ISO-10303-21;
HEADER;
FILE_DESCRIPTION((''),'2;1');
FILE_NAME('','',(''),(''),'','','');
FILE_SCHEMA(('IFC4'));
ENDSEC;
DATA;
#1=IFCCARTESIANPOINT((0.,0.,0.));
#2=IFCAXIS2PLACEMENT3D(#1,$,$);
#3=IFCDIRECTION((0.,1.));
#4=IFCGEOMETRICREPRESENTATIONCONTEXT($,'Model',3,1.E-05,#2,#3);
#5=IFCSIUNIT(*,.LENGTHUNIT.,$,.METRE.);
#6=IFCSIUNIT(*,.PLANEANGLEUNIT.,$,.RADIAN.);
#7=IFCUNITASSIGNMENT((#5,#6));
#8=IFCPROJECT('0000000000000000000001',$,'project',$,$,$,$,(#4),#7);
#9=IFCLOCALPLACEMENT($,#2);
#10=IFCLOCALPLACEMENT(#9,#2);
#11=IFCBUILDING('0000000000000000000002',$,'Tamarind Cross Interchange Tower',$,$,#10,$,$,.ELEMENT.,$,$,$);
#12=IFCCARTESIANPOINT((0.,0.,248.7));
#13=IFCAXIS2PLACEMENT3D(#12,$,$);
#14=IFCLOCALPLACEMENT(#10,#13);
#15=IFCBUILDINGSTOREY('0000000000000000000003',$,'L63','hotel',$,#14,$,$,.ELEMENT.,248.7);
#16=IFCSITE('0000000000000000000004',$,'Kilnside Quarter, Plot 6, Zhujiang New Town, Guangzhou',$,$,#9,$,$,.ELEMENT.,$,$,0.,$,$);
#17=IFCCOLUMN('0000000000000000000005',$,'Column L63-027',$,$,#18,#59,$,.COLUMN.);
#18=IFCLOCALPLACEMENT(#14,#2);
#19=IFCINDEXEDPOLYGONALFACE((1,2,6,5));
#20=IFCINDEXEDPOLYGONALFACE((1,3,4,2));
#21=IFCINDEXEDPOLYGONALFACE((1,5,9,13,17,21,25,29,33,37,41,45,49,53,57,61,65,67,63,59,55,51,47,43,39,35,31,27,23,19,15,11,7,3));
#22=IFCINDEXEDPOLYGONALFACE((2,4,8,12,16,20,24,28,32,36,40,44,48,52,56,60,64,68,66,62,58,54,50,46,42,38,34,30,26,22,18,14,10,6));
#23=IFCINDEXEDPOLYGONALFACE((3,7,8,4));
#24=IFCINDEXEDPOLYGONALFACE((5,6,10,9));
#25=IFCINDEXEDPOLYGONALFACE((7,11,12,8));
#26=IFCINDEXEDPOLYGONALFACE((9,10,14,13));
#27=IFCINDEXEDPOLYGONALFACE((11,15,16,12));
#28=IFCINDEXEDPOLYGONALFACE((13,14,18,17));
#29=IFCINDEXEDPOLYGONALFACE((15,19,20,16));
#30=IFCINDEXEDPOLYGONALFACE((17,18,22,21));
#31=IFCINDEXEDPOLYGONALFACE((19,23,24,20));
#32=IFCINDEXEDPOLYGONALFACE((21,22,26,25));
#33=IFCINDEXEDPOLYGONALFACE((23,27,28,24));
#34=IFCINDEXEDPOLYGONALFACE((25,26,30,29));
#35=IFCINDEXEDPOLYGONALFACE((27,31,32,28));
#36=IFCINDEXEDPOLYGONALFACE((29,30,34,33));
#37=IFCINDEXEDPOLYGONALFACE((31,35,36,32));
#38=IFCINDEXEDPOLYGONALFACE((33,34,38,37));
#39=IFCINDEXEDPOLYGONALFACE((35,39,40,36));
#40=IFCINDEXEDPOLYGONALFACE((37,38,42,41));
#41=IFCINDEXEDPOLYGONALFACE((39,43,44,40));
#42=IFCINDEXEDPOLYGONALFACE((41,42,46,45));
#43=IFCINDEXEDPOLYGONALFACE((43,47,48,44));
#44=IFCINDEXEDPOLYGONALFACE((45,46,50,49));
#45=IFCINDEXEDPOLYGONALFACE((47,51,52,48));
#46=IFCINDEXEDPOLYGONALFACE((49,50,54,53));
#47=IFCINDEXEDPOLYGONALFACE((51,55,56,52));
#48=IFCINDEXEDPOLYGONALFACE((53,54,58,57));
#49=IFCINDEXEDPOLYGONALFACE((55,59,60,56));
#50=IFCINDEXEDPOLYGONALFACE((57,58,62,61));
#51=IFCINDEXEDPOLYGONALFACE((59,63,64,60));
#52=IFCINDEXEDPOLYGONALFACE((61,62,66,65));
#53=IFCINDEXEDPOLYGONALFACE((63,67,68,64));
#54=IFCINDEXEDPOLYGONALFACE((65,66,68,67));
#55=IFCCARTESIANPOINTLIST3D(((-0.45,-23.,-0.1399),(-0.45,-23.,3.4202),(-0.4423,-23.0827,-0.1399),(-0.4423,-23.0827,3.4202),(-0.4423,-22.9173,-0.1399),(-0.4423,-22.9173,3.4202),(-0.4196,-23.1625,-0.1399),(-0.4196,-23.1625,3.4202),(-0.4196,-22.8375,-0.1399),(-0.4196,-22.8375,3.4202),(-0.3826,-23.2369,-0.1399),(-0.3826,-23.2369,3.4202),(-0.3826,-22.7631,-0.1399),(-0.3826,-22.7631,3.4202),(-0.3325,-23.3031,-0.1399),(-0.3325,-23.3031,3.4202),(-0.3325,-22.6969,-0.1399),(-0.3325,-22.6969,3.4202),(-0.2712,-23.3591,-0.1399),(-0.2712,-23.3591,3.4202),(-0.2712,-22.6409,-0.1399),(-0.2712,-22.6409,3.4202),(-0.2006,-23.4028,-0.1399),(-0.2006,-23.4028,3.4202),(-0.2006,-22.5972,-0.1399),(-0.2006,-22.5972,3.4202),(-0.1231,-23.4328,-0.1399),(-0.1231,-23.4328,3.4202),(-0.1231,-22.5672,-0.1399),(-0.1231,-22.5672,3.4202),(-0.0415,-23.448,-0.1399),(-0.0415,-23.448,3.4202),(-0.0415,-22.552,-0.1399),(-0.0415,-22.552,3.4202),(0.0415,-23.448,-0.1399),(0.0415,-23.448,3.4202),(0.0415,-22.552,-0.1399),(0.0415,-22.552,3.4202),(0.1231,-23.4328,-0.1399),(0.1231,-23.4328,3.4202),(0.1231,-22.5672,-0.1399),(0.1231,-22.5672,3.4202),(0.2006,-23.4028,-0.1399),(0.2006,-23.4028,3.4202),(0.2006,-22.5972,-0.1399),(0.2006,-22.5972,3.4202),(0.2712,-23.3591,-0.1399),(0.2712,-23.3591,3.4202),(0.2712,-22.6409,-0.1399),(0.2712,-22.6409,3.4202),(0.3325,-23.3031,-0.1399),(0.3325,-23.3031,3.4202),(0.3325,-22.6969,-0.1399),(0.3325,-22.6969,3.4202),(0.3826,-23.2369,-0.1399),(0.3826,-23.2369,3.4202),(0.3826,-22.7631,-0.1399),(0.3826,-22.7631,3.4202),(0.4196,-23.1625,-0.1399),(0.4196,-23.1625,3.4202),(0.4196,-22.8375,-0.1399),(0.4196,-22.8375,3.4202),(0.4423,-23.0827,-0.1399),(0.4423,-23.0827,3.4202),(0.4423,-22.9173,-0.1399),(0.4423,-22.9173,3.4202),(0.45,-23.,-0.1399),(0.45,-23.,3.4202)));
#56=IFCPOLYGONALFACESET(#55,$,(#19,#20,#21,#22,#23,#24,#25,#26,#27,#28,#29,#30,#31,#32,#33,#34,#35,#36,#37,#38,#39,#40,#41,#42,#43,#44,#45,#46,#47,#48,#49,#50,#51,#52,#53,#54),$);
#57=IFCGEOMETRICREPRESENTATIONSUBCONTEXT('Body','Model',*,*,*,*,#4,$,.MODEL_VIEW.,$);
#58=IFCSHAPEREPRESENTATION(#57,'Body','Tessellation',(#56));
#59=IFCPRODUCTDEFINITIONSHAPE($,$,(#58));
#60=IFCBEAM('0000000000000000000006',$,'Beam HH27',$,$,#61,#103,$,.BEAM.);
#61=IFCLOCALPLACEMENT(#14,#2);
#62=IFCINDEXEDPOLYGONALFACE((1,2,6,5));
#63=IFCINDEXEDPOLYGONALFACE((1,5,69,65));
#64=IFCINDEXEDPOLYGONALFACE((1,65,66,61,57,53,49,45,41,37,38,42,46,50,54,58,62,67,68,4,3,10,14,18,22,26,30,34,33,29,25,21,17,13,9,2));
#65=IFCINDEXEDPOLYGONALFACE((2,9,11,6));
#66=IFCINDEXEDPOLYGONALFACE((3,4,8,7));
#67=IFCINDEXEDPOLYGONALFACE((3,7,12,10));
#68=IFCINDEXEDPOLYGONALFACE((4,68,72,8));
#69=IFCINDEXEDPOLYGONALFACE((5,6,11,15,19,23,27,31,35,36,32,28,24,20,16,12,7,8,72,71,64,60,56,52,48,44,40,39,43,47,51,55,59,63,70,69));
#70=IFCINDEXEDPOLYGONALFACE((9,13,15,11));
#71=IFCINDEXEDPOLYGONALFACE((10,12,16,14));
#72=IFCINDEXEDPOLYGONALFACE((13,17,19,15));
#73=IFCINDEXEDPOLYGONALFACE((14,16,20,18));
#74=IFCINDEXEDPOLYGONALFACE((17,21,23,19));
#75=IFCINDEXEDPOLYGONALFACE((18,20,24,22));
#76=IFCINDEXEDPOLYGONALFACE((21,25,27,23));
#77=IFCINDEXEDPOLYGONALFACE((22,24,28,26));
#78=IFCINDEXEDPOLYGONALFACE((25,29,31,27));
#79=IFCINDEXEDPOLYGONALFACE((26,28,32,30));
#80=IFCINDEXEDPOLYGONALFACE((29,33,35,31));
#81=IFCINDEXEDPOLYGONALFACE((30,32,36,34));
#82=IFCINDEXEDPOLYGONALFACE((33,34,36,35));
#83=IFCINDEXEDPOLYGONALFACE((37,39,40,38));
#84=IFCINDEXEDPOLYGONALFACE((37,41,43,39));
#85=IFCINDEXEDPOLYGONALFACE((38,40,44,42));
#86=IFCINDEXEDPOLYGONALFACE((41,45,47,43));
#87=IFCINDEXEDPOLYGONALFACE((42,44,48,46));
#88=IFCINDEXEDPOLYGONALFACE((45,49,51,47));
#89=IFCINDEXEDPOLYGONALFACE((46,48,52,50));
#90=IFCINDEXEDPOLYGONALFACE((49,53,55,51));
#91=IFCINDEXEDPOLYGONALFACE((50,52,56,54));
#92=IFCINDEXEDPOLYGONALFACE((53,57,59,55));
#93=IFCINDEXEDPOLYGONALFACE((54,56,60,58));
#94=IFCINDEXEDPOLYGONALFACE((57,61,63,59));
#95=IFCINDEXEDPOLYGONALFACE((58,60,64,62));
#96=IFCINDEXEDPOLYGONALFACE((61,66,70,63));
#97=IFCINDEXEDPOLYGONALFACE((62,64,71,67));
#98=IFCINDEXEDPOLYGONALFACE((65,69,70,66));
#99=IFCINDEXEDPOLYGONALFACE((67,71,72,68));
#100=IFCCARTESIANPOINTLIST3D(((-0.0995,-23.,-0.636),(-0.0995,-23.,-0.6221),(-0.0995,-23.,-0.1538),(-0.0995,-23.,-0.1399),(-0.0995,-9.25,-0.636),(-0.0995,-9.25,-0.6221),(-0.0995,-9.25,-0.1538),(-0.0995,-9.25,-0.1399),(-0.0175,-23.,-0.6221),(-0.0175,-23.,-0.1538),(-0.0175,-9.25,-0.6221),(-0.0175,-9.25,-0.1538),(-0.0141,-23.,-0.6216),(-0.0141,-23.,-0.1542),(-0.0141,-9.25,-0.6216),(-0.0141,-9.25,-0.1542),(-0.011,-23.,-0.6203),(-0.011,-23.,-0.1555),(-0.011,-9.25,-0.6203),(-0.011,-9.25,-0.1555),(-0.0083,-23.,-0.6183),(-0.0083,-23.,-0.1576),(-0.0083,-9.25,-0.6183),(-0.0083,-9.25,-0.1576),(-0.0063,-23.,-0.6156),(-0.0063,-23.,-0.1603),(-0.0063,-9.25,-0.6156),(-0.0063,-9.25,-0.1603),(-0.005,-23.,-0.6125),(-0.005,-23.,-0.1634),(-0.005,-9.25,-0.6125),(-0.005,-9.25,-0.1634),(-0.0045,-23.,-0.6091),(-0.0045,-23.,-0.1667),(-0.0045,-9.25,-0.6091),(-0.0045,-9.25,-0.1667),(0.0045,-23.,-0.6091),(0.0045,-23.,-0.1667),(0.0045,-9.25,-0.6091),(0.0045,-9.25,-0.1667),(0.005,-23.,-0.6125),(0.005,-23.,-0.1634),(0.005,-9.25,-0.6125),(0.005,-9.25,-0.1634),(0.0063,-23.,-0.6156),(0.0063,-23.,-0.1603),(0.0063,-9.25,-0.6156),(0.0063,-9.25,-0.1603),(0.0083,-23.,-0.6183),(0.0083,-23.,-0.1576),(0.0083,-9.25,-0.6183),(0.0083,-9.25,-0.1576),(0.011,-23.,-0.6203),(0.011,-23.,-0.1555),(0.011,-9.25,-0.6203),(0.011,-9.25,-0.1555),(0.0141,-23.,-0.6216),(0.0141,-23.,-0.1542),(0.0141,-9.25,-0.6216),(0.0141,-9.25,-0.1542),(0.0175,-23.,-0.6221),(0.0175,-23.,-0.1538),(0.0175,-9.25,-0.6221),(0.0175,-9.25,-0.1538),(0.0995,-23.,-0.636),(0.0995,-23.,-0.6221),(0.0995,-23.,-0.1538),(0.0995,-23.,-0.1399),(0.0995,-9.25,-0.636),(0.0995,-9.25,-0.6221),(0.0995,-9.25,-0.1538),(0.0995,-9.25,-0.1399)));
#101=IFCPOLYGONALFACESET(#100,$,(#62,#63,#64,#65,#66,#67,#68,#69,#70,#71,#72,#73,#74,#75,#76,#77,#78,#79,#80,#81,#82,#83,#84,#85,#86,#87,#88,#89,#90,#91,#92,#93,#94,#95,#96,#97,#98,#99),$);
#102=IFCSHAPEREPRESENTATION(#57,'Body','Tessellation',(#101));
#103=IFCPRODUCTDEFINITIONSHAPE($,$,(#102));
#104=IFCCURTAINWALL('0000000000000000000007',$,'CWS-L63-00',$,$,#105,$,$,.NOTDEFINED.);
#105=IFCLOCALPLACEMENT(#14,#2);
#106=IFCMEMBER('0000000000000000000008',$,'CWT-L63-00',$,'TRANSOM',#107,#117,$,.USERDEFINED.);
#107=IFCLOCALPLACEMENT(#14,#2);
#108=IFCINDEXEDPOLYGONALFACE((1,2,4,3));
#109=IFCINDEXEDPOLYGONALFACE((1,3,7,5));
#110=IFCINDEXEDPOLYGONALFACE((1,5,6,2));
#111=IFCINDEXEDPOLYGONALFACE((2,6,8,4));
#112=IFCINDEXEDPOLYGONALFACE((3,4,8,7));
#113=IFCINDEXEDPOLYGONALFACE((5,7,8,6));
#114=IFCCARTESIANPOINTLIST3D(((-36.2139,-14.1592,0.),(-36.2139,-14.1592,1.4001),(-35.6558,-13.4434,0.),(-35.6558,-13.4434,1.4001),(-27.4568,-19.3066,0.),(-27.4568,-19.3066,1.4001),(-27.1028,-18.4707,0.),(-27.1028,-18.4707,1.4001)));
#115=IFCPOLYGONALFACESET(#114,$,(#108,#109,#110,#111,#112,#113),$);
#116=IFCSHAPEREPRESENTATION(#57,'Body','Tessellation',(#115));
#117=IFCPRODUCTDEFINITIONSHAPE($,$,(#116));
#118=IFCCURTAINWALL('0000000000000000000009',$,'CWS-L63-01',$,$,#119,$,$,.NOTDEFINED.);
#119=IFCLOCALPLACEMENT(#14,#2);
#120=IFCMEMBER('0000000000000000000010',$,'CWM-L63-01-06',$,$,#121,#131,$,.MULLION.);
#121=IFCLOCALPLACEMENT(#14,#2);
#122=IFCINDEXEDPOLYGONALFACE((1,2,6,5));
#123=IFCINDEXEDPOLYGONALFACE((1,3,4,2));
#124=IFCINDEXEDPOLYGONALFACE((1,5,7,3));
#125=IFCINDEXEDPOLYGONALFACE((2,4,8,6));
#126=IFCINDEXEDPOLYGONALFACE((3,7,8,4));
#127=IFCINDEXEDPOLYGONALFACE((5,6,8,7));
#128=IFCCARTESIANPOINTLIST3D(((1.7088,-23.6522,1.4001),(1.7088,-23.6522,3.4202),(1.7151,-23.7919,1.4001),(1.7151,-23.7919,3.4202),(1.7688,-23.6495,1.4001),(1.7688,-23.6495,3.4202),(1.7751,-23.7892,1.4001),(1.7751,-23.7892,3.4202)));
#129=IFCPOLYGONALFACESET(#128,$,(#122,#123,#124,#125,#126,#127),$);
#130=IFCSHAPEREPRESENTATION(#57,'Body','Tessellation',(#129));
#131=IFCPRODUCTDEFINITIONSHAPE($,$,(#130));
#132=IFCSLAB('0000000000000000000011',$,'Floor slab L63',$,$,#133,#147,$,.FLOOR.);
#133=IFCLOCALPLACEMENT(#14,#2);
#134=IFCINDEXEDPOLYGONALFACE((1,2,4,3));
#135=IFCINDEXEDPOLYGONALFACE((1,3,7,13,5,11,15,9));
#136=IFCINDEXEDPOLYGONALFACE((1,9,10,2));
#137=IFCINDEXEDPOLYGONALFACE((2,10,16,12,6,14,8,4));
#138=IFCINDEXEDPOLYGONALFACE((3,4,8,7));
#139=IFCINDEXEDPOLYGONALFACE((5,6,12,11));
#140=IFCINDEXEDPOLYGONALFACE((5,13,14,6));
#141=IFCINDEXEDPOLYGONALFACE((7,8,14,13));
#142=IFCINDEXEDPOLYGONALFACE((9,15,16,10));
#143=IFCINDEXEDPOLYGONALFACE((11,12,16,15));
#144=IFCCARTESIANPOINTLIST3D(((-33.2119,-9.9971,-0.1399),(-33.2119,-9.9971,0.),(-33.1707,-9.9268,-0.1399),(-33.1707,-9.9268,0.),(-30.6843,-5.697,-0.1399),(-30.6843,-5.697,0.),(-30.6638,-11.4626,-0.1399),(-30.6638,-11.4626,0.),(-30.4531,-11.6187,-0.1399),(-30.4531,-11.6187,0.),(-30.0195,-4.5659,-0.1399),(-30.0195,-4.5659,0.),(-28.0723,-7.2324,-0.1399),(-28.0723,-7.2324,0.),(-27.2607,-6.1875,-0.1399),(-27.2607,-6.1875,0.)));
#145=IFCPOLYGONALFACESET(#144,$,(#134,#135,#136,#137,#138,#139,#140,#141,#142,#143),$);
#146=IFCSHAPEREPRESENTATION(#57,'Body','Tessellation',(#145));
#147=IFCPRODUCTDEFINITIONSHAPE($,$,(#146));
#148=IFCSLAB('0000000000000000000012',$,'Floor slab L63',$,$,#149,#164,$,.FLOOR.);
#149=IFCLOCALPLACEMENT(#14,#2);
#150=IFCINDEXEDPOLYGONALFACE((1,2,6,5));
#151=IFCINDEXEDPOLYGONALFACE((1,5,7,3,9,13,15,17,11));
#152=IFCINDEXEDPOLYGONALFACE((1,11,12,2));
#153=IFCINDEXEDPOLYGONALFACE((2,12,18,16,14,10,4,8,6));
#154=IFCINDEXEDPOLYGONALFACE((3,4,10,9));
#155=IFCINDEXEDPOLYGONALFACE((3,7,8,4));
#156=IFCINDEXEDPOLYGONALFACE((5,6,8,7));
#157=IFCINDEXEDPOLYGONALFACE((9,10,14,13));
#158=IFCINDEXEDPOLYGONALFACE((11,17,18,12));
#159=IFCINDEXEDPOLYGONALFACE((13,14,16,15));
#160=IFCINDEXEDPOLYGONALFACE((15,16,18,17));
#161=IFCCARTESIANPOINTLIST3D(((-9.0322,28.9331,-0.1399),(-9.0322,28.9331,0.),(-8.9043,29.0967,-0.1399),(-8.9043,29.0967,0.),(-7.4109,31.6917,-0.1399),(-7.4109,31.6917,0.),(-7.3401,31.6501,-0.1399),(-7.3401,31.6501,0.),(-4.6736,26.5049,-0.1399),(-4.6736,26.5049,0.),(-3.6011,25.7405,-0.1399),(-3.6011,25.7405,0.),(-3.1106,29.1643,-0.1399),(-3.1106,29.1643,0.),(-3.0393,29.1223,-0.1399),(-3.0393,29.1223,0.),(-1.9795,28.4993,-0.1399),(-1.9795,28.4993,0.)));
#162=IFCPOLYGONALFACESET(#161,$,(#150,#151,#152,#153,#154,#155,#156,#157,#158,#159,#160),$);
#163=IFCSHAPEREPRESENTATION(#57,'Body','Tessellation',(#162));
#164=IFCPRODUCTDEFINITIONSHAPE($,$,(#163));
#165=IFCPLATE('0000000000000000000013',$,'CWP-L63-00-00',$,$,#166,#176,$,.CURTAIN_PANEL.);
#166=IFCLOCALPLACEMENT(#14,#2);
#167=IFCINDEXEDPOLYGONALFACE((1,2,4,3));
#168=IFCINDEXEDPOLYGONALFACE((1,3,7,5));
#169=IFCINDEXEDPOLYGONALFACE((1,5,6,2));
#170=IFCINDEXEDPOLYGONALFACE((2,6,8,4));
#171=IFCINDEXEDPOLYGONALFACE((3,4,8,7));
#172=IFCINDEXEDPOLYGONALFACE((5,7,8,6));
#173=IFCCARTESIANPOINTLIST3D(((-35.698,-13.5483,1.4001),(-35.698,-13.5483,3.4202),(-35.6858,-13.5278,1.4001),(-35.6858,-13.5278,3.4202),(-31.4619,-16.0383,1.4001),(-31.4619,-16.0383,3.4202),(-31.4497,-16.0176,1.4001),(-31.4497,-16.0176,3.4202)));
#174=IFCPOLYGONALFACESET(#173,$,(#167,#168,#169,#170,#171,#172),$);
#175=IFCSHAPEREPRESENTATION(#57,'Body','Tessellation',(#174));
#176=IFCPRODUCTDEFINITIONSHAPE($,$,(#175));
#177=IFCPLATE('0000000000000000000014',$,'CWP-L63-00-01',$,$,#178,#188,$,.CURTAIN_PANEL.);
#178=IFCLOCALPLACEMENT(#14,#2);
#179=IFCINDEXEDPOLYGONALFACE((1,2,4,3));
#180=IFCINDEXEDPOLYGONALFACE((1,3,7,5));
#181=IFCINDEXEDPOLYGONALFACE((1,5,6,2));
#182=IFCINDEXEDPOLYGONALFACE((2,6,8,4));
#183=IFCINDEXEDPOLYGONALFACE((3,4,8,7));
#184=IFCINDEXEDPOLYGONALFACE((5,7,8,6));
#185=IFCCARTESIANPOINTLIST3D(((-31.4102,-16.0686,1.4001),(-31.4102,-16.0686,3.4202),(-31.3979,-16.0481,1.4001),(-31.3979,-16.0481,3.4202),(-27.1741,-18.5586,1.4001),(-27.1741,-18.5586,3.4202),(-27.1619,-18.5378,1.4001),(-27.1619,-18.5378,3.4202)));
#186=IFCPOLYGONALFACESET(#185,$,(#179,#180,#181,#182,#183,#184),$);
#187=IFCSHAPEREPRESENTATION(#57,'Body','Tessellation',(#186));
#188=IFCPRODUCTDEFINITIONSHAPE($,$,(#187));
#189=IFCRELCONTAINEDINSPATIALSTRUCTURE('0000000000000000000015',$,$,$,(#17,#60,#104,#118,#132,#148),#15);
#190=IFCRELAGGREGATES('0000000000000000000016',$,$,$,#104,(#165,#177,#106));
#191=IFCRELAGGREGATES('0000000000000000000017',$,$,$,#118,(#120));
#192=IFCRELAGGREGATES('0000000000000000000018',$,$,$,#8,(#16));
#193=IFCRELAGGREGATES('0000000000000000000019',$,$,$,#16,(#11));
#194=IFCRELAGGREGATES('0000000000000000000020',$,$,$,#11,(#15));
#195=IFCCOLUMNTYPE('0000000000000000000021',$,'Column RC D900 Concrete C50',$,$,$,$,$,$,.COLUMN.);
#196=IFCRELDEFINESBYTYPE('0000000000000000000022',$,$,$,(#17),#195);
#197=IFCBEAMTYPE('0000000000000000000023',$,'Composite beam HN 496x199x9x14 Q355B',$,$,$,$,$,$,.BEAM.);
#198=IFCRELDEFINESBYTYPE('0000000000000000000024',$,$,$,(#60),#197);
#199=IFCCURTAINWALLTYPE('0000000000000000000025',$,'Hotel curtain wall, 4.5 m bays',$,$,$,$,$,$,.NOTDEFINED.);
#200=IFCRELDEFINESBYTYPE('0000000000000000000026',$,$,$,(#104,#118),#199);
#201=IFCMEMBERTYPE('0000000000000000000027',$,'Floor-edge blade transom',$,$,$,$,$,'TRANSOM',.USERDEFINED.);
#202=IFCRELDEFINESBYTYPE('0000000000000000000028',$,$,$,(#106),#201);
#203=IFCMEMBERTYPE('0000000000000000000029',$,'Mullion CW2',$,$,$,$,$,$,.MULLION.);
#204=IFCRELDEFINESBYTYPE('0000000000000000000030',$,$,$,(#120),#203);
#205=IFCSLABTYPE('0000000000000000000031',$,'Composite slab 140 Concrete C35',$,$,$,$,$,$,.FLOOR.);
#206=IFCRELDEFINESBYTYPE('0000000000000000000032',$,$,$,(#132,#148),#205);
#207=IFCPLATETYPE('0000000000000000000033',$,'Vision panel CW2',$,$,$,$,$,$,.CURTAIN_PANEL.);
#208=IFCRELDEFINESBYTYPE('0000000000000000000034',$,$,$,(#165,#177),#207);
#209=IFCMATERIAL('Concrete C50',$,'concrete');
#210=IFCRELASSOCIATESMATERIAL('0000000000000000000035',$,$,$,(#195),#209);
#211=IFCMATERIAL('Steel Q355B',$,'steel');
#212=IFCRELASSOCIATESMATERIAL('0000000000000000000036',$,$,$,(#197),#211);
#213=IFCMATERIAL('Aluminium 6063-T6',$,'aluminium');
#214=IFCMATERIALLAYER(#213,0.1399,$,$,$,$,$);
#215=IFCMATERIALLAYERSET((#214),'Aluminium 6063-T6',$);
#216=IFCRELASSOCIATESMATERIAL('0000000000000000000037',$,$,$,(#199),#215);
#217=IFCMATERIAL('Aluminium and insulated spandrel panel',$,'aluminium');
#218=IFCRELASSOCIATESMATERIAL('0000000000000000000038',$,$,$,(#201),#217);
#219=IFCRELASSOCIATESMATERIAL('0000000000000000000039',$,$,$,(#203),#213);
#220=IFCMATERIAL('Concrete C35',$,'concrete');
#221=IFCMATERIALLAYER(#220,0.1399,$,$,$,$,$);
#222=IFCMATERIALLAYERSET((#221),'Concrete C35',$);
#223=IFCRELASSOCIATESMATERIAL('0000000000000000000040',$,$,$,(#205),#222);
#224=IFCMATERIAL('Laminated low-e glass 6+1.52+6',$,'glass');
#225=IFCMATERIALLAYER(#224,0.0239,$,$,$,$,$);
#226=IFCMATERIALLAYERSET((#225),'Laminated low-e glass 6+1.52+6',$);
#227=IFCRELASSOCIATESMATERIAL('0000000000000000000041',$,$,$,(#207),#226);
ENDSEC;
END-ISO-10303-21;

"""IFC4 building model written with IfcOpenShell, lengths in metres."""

from ifc_helpers import new_model, si_unit, direction, frame, origin, origin_2d, place, context, subcontext, project, spatial, polyline, rectangle, circle, i_section, outline, extrude, material, layer, layer_set, material_profile, profile_set, type_object, element, aggregate, save


model = new_model("IFC4")

# Units and contexts
model_context = context("Model", 3, precision=1e-05, world=origin(), true_north=direction((0.0, 1.0)))
body_context = subcontext(model_context, "Body", "Model", "MODEL_VIEW")
ifc_project = project(units=[si_unit("LENGTHUNIT", "METRE"), si_unit("PLANEANGLEUNIT", "RADIAN")], contexts=[model_context])

# Site, building, storey
site_placement = place(None, origin())
site = spatial("IfcSite", under=ifc_project, at=site_placement, Name="Kilnside Quarter, Plot 6, Zhujiang New Town, Guangzhou", CompositionType="ELEMENT", RefElevation=0.0)
building_placement = place(site_placement, origin())
building = spatial("IfcBuilding", under=site, at=building_placement, Name="Tamarind Cross Interchange Tower", CompositionType="ELEMENT")
storey_placement = place(building_placement, frame((0.0, 0.0, 248.7)))
storey = spatial("IfcBuildingStorey", under=building, at=storey_placement, Name="L63", Description="hotel", CompositionType="ELEMENT", Elevation=248.7)

# Column
ifc_material_1 = material(Name="Concrete C50", Category="concrete")
ifc_material_profile_1 = material_profile(ifc_material_1, circle(Radius=0.45, at=origin_2d()), Name="RC D900")
ifc_profile_set_1 = profile_set([ifc_material_profile_1], Name="Concrete C50")
column_type = type_object("IfcColumnType", Name="Column RC D900 Concrete C50", PredefinedType="COLUMN", material=ifc_profile_set_1)
column_placement = place(storey_placement, frame((0.0, -23.0, -0.1399), z_axis=(0.0, 0.0, 1.0), x_axis=(1.0, 0.0, 0.0)))
element("IfcColumn", 1, at=column_placement, inside=storey, type_object=column_type, Name="Column L63-027", PredefinedType="COLUMN", context=body_context, shape_type="SweptSolid", body=[
    extrude(circle(Radius=0.45, at=origin_2d()), origin(), (0.0, 0.0, 1.0), 3.5601),
])

# Beam
ifc_material_2 = material(Name="Steel Q355B", Category="steel")
ifc_material_profile_2 = material_profile(ifc_material_2, i_section(OverallWidth=0.199, OverallDepth=0.4961, WebThickness=0.009, FlangeThickness=0.0139, FilletRadius=0.0129, at=origin_2d()), Name="HN 496x199x9x14")
ifc_profile_set_2 = profile_set([ifc_material_profile_2], Name="Steel Q355B")
beam_type = type_object("IfcBeamType", Name="Composite beam HN 496x199x9x14 Q355B", PredefinedType="BEAM", material=ifc_profile_set_2)
beam_placement = place(storey_placement, frame((0.0, -23.0, -0.3879), z_axis=(0.0, 1.0, 0.0), x_axis=(-1.0, 0.0, 0.0)))
element("IfcBeam", 2, at=beam_placement, inside=storey, type_object=beam_type, Name="Beam HH27", PredefinedType="BEAM", context=body_context, shape_type="SweptSolid", body=[
    extrude(i_section(OverallWidth=0.199, OverallDepth=0.4961, WebThickness=0.009, FlangeThickness=0.0139, FilletRadius=0.0129, at=origin_2d()), origin(), (0.0, 0.0, 1.0), 13.75),
])

# Curtain walls, members
ifc_material_3 = material(Name="Aluminium 6063-T6", Category="aluminium")
ifc_layer_1 = layer(ifc_material_3, 0.1399)
ifc_layer_set_1 = layer_set([ifc_layer_1], Name="Aluminium 6063-T6")
curtain_wall_type = type_object("IfcCurtainWallType", Name="Hotel curtain wall, 4.5 m bays", PredefinedType="NOTDEFINED", material=ifc_layer_set_1)
curtain_wall_1_placement = place(storey_placement, origin())
curtain_wall_1 = element("IfcCurtainWall", 3, at=curtain_wall_1_placement, inside=storey, type_object=curtain_wall_type, Name="CWS-L63-00", PredefinedType="NOTDEFINED")
ifc_material_4 = material(Name="Aluminium and insulated spandrel panel", Category="aluminium")
member_type_1 = type_object("IfcMemberType", Name="Floor-edge blade transom", ElementType="TRANSOM", PredefinedType="USERDEFINED", material=ifc_material_4)
member_1_placement = place(storey_placement, origin())
member_1 = element("IfcMember", 4, at=member_1_placement, type_object=member_type_1, Name="CWT-L63-00", ObjectType="TRANSOM", PredefinedType="USERDEFINED", context=body_context, shape_type="SweptSolid", body=[
    extrude(outline(polyline([(-35.6558, -13.4434), (-27.1028, -18.4707), (-27.4568, -19.3066), (-36.2139, -14.1592), (-35.6558, -13.4434)])), origin(), (0.0, 0.0, 1.0), 1.4001),
])
curtain_wall_2_placement = place(storey_placement, origin())
curtain_wall_2 = element("IfcCurtainWall", 5, at=curtain_wall_2_placement, inside=storey, type_object=curtain_wall_type, Name="CWS-L63-01", PredefinedType="NOTDEFINED")
ifc_material_profile_3 = material_profile(ifc_material_3, rectangle(XDim=0.0601, YDim=0.1399, at=origin_2d()), Name="Mullion CW2")
ifc_profile_set_3 = profile_set([ifc_material_profile_3], Name="Aluminium 6063-T6")
member_type_2 = type_object("IfcMemberType", Name="Mullion CW2", PredefinedType="MULLION", material=ifc_profile_set_3)
member_2_placement = place(storey_placement, frame((1.7419, -23.7207, 1.4001), z_axis=(0.0, 0.0, 1.0), x_axis=(0.998959, 0.045624, 0.0)))
member_2 = element("IfcMember", 6, at=member_2_placement, type_object=member_type_2, Name="CWM-L63-01-06", PredefinedType="MULLION", context=body_context, shape_type="SweptSolid", body=[
    extrude(rectangle(XDim=0.0601, YDim=0.1399, at=origin_2d()), origin(), (0.0, 0.0, 1.0), 2.02),
])

# Slabs
ifc_material_5 = material(Name="Concrete C35", Category="concrete")
ifc_layer_2 = layer(ifc_material_5, 0.1399)
ifc_layer_set_2 = layer_set([ifc_layer_2], Name="Concrete C35")
slab_type = type_object("IfcSlabType", Name="Composite slab 140 Concrete C35", PredefinedType="FLOOR", material=ifc_layer_set_2)
slab_1_placement = place(storey_placement, frame((0.0, 0.0, -0.1399)))
element("IfcSlab", 7, at=slab_1_placement, inside=storey, type_object=slab_type, Name="Floor slab L63", PredefinedType="FLOOR", context=body_context, shape_type="SweptSolid", body=[
    extrude(outline(polyline([(-33.2119, -9.9971), (-30.4531, -11.6187), (-27.2607, -6.1875), (-30.0195, -4.5659), (-30.6843, -5.697), (-28.0723, -7.2324), (-30.6638, -11.4626), (-33.1707, -9.9268), (-33.2119, -9.9971)])), origin(), (0.0, 0.0, 1.0), 0.1399),
])
slab_2_placement = place(storey_placement, frame((0.0, 0.0, -0.1399)))
element("IfcSlab", 8, at=slab_2_placement, inside=storey, type_object=slab_type, Name="Floor slab L63", PredefinedType="FLOOR", context=body_context, shape_type="SweptSolid", body=[
    extrude(outline(polyline([(-7.4109, 31.6917), (-9.0322, 28.9331), (-3.6011, 25.7405), (-1.9795, 28.4993), (-3.0393, 29.1223), (-3.1106, 29.1643), (-4.6736, 26.5049), (-8.9043, 29.0967), (-7.3401, 31.6501), (-7.4109, 31.6917)])), origin(), (0.0, 0.0, 1.0), 0.1399),
])

# Plates
ifc_material_6 = material(Name="Laminated low-e glass 6+1.52+6", Category="glass")
ifc_layer_3 = layer(ifc_material_6, 0.0239)
ifc_layer_set_3 = layer_set([ifc_layer_3], Name="Laminated low-e glass 6+1.52+6")
plate_type = type_object("IfcPlateType", Name="Vision panel CW2", PredefinedType="CURTAIN_PANEL", material=ifc_layer_set_3)
plate_1_placement = place(storey_placement, frame((0.0, 0.0, 1.4001)))
plate_1 = element("IfcPlate", 9, at=plate_1_placement, type_object=plate_type, Name="CWP-L63-00-00", PredefinedType="CURTAIN_PANEL", context=body_context, shape_type="SweptSolid", body=[
    extrude(outline(polyline([(-35.6858, -13.5278), (-31.4497, -16.0176), (-31.4619, -16.0383), (-35.698, -13.5483), (-35.6858, -13.5278)])), origin(), (0.0, 0.0, 1.0), 2.02),
])
plate_2_placement = place(storey_placement, frame((0.0, 0.0, 1.4001)))
plate_2 = element("IfcPlate", 10, at=plate_2_placement, type_object=plate_type, Name="CWP-L63-00-01", PredefinedType="CURTAIN_PANEL", context=body_context, shape_type="SweptSolid", body=[
    extrude(outline(polyline([(-31.3979, -16.0481), (-27.1619, -18.5378), (-27.1741, -18.5586), (-31.4102, -16.0686), (-31.3979, -16.0481)])), origin(), (0.0, 0.0, 1.0), 2.02),
])
aggregate(curtain_wall_1, [plate_1, plate_2, member_1])
aggregate(curtain_wall_2, [member_2])

save(model, "model.ifc")
